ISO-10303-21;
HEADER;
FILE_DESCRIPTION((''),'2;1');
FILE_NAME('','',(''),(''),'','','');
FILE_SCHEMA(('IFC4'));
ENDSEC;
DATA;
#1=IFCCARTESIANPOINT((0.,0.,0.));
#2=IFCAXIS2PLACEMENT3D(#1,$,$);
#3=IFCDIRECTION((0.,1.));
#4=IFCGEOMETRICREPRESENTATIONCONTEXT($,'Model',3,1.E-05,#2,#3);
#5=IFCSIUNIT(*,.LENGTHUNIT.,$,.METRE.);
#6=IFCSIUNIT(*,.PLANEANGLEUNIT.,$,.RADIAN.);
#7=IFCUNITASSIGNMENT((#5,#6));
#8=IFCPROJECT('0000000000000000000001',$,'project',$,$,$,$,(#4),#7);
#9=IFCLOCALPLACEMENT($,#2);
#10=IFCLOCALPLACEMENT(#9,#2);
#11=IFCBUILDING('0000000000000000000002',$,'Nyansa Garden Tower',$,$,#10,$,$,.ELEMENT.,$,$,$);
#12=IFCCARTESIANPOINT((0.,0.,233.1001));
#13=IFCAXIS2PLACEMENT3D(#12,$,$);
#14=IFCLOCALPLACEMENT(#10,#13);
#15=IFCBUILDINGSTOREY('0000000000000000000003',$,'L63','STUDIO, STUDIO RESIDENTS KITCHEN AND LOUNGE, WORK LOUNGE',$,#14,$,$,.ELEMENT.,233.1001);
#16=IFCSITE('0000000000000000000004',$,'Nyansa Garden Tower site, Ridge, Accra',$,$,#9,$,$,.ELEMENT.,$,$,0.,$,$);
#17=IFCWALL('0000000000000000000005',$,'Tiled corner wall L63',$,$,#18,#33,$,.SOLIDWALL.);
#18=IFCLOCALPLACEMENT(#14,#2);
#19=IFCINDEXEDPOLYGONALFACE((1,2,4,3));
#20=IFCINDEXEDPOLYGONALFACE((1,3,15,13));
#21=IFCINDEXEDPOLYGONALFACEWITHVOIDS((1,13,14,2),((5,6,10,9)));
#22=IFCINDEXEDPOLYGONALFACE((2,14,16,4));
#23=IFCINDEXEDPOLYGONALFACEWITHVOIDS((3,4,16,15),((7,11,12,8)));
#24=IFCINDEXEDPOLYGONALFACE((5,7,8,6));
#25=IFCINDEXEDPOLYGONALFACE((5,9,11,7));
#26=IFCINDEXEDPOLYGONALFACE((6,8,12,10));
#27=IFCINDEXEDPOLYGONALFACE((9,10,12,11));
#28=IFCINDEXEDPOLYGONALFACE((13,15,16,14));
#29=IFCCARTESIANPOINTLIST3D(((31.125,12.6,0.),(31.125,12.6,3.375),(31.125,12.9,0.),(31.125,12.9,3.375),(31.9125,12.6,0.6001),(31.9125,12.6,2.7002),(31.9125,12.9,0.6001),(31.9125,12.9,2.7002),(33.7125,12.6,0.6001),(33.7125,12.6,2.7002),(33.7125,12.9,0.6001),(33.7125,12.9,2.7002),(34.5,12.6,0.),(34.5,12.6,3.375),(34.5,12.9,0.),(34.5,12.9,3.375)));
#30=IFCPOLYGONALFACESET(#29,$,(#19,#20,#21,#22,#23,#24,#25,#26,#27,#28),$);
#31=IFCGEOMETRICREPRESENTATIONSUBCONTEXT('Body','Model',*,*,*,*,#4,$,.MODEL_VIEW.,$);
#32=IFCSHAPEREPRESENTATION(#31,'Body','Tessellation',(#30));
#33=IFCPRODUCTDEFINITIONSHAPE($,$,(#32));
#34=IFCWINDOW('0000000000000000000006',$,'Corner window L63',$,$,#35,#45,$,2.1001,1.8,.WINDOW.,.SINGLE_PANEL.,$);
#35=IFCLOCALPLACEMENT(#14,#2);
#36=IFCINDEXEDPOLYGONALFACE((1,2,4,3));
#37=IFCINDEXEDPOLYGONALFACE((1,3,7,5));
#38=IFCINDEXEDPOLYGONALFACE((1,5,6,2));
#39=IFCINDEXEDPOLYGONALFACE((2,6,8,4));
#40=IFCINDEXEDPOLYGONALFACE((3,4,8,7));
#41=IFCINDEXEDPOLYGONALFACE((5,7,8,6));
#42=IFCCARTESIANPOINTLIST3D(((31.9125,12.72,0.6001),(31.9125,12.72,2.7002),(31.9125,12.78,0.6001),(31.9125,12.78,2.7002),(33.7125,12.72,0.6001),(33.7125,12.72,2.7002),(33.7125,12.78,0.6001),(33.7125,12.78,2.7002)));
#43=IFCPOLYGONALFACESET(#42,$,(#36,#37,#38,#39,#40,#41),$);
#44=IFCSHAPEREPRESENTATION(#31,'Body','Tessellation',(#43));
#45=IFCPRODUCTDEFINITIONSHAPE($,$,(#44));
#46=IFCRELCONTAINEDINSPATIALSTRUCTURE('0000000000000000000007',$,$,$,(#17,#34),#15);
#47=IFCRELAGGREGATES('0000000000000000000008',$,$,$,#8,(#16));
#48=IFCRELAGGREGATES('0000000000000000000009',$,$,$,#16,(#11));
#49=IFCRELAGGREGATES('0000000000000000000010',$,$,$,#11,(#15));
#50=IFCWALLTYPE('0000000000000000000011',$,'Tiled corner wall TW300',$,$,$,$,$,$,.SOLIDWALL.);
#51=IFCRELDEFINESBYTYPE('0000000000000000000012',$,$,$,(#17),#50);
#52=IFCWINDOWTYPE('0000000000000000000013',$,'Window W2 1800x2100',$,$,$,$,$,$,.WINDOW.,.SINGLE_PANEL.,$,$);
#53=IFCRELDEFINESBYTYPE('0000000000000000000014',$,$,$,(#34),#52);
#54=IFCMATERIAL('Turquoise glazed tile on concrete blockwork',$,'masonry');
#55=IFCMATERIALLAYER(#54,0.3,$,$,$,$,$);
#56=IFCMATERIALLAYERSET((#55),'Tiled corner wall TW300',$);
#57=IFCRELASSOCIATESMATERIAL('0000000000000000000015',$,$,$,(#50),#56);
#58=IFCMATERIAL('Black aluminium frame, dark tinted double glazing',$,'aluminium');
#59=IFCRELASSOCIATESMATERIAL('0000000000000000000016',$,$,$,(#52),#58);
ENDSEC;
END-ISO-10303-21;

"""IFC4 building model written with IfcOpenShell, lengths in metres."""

from ifc_helpers import new_model, si_unit, direction, frame, frame_2d, origin, place, context, subcontext, project, spatial, rectangle, extrude, material, layer, layer_set, type_object, element, fill, save


model = new_model("IFC4")

# Units and contexts
model_context = context("Model", 3, precision=1e-05, world=origin(), true_north=direction((0.0, 1.0)))
body_context = subcontext(model_context, "Body", "Model", "MODEL_VIEW")
ifc_project = project(units=[si_unit("LENGTHUNIT", "METRE"), si_unit("PLANEANGLEUNIT", "RADIAN")], contexts=[model_context])

# Site, building, storey
site_placement = place(None, origin())
site = spatial("IfcSite", under=ifc_project, at=site_placement, Name="Nyansa Garden Tower site, Ridge, Accra", CompositionType="ELEMENT", RefElevation=0.0)
building_placement = place(site_placement, origin())
building = spatial("IfcBuilding", under=site, at=building_placement, Name="Nyansa Garden Tower", CompositionType="ELEMENT")
storey_placement = place(building_placement, frame((0.0, 0.0, 233.1001)))
storey = spatial("IfcBuildingStorey", under=building, at=storey_placement, Name="L63", Description="STUDIO, STUDIO RESIDENTS KITCHEN AND LOUNGE, WORK LOUNGE", CompositionType="ELEMENT", Elevation=233.1001)

# Wall, opening, window
ifc_material_1 = material(Name="Turquoise glazed tile on concrete blockwork", Category="masonry")
ifc_layer_1 = layer(ifc_material_1, 0.3)
ifc_layer_set_1 = layer_set([ifc_layer_1], Name="Tiled corner wall TW300")
wall_type_1 = type_object("IfcWallType", Name="Tiled corner wall TW300", PredefinedType="SOLIDWALL", material=ifc_layer_set_1)
ifc_material_2 = material(Name="Black aluminium frame, dark tinted double glazing", Category="aluminium")
window_type = type_object("IfcWindowType", Name="Window W2 1800x2100", PartitioningType="SINGLE_PANEL", PredefinedType="WINDOW", material=ifc_material_2)
wall_1_placement = place(storey_placement, frame((31.125, 12.75, 0.0), z_axis=(0.0, 0.0, 1.0), x_axis=(1.0, 0.0, 0.0)))
wall_1 = element("IfcWall", 1, at=wall_1_placement, inside=storey, type_object=wall_type_1, Name="Tiled corner wall L63", PredefinedType="SOLIDWALL", context=body_context, shape_type="SweptSolid", body=[
    extrude(rectangle(XDim=3.375, YDim=0.3, at=frame_2d((1.6875, 0.0))), origin(), (0.0, 0.0, 1.0), 3.375),
])
opening_1_placement = place(wall_1_placement, frame((0.7876, 0.0, 0.6001)))
opening_1 = element("IfcOpeningElement", 2, at=opening_1_placement, cuts=wall_1, PredefinedType="OPENING", context=body_context, shape_type="SweptSolid", body=[
    extrude(rectangle(XDim=1.8, YDim=2.1001, at=frame_2d((0.8999, 1.05))), frame((0.0, 0.1599, 0.0), z_axis=(0.0, -1.0, 0.0), x_axis=(1.0, 0.0, 0.0)), (0.0, 0.0, 1.0), 0.3201),
])
window_1_placement = place(opening_1_placement, origin())
window_1 = element("IfcWindow", 3, at=window_1_placement, inside=storey, type_object=window_type, Name="Corner window L63", OverallHeight=2.1001, OverallWidth=1.8, PartitioningType="SINGLE_PANEL", PredefinedType="WINDOW", context=body_context, shape_type="SweptSolid", body=[
    extrude(rectangle(XDim=1.8, YDim=2.1001, at=frame_2d((0.8999, 1.05))), frame((0.0, 0.03, 0.0), z_axis=(0.0, -1.0, 0.0), x_axis=(1.0, 0.0, 0.0)), (0.0, 0.0, 1.0), 0.0601),
])
fill(opening_1, window_1)

save(model, "model.ifc")
